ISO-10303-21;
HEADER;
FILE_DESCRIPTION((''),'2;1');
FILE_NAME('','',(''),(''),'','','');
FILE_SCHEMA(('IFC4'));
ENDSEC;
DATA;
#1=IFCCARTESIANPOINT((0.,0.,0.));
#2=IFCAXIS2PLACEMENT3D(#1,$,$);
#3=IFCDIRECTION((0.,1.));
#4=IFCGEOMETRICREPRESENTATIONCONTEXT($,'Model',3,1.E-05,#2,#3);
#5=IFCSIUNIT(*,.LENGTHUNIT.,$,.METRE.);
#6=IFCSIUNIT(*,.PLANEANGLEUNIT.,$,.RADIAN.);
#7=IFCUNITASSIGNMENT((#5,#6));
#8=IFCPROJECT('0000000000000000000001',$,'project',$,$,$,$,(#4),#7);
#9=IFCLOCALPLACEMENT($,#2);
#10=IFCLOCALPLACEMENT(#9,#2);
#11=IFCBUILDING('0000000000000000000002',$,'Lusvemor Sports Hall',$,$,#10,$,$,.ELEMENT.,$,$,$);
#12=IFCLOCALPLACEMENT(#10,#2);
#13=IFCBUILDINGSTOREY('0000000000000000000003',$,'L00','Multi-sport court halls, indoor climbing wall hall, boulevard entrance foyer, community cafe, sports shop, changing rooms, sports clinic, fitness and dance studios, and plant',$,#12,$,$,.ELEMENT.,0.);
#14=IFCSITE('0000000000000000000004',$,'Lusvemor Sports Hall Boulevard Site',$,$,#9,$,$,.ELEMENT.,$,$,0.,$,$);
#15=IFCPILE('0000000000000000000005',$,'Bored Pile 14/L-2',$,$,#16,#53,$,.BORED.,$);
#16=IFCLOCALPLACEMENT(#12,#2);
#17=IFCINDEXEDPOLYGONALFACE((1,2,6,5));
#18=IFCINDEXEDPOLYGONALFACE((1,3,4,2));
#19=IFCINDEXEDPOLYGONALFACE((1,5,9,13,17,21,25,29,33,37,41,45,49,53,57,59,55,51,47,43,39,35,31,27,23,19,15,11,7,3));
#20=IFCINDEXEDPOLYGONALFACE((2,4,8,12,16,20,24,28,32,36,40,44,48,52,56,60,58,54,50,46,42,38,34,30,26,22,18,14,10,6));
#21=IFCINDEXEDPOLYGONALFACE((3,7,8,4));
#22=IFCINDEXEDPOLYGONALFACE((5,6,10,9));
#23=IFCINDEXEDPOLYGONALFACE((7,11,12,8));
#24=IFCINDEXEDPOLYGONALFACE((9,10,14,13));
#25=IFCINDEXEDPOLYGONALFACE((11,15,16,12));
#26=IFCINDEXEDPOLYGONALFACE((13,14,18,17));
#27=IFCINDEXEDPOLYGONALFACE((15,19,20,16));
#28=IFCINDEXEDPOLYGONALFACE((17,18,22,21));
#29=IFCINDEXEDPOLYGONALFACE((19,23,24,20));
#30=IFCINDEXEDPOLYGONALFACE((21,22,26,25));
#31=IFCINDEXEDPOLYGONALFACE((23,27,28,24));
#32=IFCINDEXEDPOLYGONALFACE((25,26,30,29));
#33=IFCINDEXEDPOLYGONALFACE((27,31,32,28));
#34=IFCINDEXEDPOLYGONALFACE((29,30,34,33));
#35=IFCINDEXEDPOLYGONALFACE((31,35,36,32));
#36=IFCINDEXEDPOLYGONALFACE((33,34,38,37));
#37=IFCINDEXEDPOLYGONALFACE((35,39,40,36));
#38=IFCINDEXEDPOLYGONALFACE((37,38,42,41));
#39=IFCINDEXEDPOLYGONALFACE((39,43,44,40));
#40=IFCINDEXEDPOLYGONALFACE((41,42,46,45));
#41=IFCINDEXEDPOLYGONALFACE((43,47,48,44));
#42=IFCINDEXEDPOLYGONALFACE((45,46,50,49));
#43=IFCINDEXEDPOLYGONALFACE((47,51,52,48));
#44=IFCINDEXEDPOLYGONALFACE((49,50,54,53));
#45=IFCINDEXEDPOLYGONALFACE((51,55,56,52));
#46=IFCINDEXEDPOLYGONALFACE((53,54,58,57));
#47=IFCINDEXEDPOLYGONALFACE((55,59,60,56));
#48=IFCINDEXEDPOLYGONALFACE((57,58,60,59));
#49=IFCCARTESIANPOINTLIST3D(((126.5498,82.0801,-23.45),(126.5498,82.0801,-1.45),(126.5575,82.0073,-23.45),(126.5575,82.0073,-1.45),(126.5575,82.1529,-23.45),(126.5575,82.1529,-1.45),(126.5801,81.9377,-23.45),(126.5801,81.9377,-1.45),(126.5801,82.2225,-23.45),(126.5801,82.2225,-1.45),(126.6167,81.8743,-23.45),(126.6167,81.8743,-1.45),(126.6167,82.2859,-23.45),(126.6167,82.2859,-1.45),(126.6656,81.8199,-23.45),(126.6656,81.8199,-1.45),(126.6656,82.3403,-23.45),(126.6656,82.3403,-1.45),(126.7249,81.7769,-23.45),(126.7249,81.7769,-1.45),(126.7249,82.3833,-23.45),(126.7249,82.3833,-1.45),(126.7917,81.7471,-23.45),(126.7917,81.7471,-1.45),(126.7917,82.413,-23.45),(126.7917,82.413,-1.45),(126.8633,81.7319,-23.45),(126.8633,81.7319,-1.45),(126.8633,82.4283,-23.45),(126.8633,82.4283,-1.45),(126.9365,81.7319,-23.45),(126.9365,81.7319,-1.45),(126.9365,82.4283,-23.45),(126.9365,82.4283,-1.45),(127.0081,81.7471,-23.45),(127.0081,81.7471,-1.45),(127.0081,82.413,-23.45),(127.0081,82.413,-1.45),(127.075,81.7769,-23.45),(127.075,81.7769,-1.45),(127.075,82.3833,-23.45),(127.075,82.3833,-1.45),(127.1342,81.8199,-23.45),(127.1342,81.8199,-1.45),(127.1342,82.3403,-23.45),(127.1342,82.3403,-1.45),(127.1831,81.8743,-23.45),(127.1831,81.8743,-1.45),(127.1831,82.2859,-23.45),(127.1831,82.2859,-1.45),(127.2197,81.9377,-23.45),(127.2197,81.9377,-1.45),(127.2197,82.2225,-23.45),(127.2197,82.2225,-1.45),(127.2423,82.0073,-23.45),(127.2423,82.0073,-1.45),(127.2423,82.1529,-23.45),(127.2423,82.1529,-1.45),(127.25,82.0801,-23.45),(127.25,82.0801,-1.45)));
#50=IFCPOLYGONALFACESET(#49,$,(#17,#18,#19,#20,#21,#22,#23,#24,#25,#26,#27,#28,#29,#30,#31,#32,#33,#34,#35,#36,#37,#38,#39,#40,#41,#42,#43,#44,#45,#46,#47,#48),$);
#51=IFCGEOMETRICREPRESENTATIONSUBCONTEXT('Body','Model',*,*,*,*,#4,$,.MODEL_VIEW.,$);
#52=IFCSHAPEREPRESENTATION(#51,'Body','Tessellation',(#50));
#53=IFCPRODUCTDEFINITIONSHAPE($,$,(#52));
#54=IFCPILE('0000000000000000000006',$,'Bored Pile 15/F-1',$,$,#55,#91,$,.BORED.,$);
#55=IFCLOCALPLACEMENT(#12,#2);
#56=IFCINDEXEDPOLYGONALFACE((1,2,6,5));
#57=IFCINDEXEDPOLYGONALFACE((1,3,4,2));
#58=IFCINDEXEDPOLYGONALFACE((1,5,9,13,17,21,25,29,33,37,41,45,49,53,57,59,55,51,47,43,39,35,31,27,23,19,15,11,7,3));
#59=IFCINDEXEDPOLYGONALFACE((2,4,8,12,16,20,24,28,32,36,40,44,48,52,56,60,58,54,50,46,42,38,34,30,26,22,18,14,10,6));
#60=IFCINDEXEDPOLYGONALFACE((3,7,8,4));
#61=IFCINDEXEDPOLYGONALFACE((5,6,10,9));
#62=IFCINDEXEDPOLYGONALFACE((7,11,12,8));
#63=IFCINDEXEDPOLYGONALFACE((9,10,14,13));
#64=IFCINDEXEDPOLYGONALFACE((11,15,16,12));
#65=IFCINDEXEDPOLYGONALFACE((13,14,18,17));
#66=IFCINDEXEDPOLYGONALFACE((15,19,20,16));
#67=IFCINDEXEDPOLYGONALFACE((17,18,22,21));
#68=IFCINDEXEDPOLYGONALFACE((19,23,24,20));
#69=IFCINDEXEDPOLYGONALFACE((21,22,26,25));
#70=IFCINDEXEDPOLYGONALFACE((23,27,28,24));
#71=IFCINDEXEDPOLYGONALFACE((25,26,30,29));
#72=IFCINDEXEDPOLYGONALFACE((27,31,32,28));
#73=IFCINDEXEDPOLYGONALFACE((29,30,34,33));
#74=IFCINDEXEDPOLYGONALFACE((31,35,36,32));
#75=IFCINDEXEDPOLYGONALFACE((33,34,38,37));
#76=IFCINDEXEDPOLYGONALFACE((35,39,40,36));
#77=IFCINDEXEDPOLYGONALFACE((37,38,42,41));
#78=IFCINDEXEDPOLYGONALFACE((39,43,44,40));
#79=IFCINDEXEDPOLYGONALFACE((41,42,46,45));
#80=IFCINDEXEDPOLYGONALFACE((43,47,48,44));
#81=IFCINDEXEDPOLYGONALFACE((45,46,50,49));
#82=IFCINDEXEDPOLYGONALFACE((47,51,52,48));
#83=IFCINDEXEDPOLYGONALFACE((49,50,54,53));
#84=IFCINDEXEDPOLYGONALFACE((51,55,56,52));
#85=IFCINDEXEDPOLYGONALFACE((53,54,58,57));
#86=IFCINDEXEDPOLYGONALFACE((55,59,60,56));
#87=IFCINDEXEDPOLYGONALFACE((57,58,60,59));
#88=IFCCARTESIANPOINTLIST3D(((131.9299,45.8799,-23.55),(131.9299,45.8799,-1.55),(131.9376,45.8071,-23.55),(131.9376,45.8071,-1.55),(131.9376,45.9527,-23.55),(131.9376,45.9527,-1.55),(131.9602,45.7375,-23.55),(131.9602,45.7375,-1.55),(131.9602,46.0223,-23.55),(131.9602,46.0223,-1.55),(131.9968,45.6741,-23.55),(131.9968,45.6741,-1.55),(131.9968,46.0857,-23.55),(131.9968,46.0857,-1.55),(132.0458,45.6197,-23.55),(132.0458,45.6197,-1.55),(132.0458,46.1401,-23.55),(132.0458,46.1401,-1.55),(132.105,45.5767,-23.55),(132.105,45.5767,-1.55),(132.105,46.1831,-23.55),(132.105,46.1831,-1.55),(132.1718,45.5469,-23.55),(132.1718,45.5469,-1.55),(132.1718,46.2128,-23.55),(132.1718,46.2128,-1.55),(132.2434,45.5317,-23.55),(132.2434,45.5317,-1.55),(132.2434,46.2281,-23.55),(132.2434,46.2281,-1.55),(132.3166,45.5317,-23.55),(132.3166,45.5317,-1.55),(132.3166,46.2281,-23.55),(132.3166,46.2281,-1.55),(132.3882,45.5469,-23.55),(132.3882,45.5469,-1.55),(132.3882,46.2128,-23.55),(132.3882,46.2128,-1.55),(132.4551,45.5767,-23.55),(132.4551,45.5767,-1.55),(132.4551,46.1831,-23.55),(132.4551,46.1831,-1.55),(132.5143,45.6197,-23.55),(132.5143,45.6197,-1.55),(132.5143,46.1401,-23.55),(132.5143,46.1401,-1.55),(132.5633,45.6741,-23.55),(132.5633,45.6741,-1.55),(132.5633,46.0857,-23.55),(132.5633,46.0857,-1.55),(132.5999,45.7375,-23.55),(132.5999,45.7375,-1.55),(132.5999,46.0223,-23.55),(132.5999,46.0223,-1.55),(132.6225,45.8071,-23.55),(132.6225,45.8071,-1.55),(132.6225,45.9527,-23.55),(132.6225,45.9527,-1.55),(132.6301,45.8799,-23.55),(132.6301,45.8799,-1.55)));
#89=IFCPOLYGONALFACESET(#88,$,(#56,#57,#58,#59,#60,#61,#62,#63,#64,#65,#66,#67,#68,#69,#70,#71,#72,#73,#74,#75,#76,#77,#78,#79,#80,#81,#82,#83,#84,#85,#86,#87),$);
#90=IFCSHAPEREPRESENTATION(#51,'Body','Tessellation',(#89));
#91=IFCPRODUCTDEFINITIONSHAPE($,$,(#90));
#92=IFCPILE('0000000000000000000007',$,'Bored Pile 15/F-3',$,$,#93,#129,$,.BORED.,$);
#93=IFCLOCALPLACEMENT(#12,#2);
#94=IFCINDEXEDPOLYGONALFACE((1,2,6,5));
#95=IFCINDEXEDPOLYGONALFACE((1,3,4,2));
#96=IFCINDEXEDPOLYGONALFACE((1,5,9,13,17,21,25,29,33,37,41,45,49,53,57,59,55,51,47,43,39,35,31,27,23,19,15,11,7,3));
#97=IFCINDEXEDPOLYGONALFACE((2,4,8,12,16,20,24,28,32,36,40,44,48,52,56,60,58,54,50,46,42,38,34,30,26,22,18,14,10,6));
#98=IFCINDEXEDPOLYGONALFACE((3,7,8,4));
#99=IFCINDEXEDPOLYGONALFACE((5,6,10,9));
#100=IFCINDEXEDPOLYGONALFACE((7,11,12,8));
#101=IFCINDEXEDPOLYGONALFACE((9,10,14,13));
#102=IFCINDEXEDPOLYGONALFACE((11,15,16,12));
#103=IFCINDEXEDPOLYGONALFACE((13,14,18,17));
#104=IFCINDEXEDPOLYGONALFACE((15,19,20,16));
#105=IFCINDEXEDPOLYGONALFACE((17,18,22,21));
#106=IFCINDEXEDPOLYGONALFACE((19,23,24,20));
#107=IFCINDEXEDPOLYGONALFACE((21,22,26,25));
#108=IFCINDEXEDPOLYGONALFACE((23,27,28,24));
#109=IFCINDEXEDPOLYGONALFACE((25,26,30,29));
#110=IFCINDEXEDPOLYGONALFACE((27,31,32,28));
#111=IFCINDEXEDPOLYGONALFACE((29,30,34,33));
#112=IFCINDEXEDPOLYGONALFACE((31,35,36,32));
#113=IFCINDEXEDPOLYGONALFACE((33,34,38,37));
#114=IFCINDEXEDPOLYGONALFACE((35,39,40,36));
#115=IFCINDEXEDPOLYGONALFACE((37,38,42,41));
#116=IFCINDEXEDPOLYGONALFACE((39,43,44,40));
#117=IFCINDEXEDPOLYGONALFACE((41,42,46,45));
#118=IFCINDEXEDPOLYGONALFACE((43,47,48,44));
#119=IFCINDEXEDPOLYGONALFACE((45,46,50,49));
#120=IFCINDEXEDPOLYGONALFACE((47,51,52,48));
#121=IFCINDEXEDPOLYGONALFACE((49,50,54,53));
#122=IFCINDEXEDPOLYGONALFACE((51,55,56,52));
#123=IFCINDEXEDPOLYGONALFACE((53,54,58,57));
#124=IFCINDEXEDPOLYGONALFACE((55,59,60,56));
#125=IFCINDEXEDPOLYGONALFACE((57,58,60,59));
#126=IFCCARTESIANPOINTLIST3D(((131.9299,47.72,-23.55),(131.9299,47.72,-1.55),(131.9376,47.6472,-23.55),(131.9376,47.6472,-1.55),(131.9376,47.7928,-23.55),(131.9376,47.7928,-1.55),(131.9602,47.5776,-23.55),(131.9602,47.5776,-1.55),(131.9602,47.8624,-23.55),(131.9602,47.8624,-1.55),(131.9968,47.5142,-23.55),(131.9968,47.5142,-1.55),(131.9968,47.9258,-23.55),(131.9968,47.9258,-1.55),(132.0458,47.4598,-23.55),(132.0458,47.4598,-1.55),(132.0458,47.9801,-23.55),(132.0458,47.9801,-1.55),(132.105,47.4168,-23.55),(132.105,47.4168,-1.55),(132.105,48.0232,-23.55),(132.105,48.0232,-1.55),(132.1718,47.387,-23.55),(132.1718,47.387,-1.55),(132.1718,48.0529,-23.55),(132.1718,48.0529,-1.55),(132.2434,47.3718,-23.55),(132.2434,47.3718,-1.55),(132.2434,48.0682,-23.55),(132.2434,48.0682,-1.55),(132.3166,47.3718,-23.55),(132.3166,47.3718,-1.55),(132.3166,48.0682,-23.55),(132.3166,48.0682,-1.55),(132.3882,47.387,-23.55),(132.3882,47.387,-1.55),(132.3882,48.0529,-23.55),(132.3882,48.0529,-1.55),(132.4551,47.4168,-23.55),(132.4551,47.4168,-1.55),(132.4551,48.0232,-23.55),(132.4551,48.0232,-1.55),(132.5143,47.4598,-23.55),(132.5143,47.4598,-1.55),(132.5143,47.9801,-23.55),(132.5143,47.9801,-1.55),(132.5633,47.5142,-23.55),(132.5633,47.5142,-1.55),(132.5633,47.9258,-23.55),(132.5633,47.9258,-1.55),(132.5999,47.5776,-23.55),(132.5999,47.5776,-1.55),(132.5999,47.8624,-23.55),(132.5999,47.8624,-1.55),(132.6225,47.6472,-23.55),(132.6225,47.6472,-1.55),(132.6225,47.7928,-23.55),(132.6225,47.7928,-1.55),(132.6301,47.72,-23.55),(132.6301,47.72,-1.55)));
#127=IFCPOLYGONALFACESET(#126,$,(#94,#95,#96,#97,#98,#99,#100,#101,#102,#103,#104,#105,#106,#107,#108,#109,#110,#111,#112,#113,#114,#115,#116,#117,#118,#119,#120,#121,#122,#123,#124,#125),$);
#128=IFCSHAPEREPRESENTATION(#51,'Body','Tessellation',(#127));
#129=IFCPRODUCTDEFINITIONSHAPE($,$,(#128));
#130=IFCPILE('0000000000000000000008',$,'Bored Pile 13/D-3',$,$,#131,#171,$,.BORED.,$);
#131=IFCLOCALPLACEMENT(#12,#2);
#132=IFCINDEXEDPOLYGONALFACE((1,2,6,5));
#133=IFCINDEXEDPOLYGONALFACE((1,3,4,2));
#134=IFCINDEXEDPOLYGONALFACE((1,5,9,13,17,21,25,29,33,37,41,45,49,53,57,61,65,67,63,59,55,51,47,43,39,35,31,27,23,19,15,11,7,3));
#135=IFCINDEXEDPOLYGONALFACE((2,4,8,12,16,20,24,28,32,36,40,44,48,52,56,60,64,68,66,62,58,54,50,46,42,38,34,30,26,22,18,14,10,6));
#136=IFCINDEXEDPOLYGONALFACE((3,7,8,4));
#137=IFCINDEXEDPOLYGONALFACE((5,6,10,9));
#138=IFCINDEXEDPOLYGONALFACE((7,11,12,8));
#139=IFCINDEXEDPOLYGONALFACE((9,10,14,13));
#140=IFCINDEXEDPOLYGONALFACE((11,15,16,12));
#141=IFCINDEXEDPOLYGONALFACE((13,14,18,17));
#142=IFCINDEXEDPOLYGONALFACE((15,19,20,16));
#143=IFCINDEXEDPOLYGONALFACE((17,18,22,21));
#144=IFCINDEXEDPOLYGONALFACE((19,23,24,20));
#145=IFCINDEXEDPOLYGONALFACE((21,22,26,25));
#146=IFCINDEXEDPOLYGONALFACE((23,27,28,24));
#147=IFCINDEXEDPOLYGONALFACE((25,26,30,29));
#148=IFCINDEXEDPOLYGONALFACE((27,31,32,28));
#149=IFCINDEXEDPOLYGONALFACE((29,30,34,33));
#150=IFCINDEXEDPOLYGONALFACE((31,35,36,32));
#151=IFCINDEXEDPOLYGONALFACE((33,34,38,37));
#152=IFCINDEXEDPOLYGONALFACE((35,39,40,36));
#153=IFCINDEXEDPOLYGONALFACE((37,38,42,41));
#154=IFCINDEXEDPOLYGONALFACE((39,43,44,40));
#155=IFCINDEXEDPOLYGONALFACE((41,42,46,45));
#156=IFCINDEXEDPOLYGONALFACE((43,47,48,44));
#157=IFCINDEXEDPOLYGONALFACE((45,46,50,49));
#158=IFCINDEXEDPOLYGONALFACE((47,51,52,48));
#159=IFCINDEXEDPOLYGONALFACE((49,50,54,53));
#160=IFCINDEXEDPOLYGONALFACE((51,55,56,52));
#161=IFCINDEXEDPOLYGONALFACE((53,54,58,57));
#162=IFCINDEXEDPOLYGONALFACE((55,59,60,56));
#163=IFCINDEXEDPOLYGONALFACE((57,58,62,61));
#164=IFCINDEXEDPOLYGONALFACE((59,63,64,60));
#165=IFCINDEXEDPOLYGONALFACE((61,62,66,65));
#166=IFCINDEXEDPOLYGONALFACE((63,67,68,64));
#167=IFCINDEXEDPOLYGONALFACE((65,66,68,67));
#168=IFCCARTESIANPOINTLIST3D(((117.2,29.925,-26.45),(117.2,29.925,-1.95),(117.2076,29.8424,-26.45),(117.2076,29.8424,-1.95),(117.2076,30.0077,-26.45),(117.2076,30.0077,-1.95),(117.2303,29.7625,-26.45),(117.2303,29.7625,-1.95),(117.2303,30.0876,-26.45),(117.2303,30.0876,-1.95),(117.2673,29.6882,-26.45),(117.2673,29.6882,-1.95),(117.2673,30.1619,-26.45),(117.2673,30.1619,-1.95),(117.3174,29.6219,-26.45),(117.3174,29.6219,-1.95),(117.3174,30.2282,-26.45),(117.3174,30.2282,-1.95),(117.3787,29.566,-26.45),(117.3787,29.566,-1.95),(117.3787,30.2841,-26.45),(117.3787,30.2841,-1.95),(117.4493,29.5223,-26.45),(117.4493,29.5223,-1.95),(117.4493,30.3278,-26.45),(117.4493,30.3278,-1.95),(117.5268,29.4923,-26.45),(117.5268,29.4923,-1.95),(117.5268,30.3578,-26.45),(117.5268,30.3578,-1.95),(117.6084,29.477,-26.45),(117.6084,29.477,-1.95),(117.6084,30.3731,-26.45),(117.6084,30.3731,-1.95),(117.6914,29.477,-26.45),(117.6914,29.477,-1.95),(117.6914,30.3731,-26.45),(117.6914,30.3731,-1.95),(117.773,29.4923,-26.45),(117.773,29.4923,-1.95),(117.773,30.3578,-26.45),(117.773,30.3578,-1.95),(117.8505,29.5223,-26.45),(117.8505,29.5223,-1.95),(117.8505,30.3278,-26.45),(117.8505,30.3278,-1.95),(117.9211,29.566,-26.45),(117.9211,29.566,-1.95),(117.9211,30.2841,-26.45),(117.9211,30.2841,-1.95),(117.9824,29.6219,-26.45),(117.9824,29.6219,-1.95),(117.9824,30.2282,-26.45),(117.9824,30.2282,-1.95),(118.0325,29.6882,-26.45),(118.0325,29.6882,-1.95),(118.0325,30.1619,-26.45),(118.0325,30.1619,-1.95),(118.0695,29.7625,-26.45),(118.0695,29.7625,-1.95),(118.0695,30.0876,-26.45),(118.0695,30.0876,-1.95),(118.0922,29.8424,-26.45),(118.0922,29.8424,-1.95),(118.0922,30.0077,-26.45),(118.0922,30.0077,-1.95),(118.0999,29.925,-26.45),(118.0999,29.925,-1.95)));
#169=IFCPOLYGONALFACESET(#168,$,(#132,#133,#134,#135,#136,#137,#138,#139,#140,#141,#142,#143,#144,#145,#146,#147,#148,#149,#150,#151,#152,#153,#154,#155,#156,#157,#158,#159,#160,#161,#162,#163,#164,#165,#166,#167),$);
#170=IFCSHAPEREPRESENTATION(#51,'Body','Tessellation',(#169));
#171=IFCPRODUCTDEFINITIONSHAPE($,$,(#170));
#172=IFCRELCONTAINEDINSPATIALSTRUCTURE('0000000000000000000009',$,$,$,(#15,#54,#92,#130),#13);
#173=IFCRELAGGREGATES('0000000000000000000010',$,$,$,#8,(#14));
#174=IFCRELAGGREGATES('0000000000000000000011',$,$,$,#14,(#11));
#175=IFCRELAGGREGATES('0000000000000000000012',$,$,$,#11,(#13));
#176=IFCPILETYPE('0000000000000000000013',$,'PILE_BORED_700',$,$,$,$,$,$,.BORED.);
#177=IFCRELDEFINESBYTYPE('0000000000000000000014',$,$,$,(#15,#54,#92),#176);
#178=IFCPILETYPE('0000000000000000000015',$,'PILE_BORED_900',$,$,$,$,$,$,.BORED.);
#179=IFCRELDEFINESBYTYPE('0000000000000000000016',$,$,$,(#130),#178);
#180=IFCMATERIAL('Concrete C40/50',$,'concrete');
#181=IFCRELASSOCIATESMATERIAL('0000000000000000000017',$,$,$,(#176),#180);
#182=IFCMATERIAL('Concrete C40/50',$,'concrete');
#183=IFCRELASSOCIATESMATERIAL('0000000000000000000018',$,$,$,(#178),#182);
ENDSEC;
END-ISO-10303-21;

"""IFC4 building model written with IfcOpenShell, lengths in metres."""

from ifc_helpers import new_model, si_unit, direction, frame, origin, origin_2d, place, context, subcontext, project, spatial, circle, extrude, material, material_profile, profile_set, type_object, element, save


model = new_model("IFC4")

# Units and contexts
model_context = context("Model", 3, precision=1e-05, world=origin(), true_north=direction((0.0, 1.0)))
body_context = subcontext(model_context, "Body", "Model", "MODEL_VIEW")
ifc_project = project(units=[si_unit("LENGTHUNIT", "METRE"), si_unit("PLANEANGLEUNIT", "RADIAN")], contexts=[model_context])

# Site, building, storey
site_placement = place(None, origin())
site = spatial("IfcSite", under=ifc_project, at=site_placement, Name="Lusvemor Sports Hall Boulevard Site", CompositionType="ELEMENT", RefElevation=0.0)
building_placement = place(site_placement, origin())
building = spatial("IfcBuilding", under=site, at=building_placement, Name="Lusvemor Sports Hall", CompositionType="ELEMENT")
storey_placement = place(building_placement, origin())
storey = spatial("IfcBuildingStorey", under=building, at=storey_placement, Name="L00", Description="Multi-sport court halls, indoor climbing wall hall, boulevard entrance foyer, community cafe, sports shop, changing rooms, sports clinic, fitness and dance studios, and plant", CompositionType="ELEMENT", Elevation=0.0)

# Piles
ifc_material_1 = material(Name="Concrete C40/50", Category="concrete")
ifc_material_profile_1 = material_profile(ifc_material_1, circle(Radius=0.3501, at=origin_2d()), Name="PILE700")
ifc_profile_set_1 = profile_set([ifc_material_profile_1], Name="Concrete C40/50")
pile_type_1 = type_object("IfcPileType", Name="PILE_BORED_700", PredefinedType="BORED", material=ifc_profile_set_1)
for number, where, z_axis, x_axis, name in (
    (1, (126.8999, 82.0801, -1.45), (0.0, 0.0, -1.0), (1.0, 0.0, 0.0), "Bored Pile 14/L-2"),
    (2, (132.28, 45.8799, -1.55), (0.0, 0.0, -1.0), (1.0, 0.0, 0.0), "Bored Pile 15/F-1"),
    (3, (132.28, 47.72, -1.55), (0.0, 0.0, -1.0), (1.0, 0.0, 0.0), "Bored Pile 15/F-3"),
):
    element("IfcPile", number, at=place(storey_placement, frame(where, z_axis=z_axis, x_axis=x_axis)), inside=storey, type_object=pile_type_1, Name=name, PredefinedType="BORED", context=body_context, shape_type="SweptSolid", body=[
        extrude(circle(Radius=0.3501, at=origin_2d()), origin(), (0.0, 0.0, 1.0), 22.0),
    ])
ifc_material_2 = material(Name="Concrete C40/50", Category="concrete")
ifc_material_profile_2 = material_profile(ifc_material_2, circle(Radius=0.45, at=origin_2d()), Name="PILE900")
ifc_profile_set_2 = profile_set([ifc_material_profile_2], Name="Concrete C40/50")
pile_type_2 = type_object("IfcPileType", Name="PILE_BORED_900", PredefinedType="BORED", material=ifc_profile_set_2)
for number, where, z_axis, x_axis, name in (
    (4, (117.6499, 29.925, -1.95), (0.0, 0.0, -1.0), (1.0, 0.0, 0.0), "Bored Pile 13/D-3"),
):
    element("IfcPile", number, at=place(storey_placement, frame(where, z_axis=z_axis, x_axis=x_axis)), inside=storey, type_object=pile_type_2, Name=name, PredefinedType="BORED", context=body_context, shape_type="SweptSolid", body=[
        extrude(circle(Radius=0.45, at=origin_2d()), origin(), (0.0, 0.0, 1.0), 24.5),
    ])

save(model, "model.ifc")
